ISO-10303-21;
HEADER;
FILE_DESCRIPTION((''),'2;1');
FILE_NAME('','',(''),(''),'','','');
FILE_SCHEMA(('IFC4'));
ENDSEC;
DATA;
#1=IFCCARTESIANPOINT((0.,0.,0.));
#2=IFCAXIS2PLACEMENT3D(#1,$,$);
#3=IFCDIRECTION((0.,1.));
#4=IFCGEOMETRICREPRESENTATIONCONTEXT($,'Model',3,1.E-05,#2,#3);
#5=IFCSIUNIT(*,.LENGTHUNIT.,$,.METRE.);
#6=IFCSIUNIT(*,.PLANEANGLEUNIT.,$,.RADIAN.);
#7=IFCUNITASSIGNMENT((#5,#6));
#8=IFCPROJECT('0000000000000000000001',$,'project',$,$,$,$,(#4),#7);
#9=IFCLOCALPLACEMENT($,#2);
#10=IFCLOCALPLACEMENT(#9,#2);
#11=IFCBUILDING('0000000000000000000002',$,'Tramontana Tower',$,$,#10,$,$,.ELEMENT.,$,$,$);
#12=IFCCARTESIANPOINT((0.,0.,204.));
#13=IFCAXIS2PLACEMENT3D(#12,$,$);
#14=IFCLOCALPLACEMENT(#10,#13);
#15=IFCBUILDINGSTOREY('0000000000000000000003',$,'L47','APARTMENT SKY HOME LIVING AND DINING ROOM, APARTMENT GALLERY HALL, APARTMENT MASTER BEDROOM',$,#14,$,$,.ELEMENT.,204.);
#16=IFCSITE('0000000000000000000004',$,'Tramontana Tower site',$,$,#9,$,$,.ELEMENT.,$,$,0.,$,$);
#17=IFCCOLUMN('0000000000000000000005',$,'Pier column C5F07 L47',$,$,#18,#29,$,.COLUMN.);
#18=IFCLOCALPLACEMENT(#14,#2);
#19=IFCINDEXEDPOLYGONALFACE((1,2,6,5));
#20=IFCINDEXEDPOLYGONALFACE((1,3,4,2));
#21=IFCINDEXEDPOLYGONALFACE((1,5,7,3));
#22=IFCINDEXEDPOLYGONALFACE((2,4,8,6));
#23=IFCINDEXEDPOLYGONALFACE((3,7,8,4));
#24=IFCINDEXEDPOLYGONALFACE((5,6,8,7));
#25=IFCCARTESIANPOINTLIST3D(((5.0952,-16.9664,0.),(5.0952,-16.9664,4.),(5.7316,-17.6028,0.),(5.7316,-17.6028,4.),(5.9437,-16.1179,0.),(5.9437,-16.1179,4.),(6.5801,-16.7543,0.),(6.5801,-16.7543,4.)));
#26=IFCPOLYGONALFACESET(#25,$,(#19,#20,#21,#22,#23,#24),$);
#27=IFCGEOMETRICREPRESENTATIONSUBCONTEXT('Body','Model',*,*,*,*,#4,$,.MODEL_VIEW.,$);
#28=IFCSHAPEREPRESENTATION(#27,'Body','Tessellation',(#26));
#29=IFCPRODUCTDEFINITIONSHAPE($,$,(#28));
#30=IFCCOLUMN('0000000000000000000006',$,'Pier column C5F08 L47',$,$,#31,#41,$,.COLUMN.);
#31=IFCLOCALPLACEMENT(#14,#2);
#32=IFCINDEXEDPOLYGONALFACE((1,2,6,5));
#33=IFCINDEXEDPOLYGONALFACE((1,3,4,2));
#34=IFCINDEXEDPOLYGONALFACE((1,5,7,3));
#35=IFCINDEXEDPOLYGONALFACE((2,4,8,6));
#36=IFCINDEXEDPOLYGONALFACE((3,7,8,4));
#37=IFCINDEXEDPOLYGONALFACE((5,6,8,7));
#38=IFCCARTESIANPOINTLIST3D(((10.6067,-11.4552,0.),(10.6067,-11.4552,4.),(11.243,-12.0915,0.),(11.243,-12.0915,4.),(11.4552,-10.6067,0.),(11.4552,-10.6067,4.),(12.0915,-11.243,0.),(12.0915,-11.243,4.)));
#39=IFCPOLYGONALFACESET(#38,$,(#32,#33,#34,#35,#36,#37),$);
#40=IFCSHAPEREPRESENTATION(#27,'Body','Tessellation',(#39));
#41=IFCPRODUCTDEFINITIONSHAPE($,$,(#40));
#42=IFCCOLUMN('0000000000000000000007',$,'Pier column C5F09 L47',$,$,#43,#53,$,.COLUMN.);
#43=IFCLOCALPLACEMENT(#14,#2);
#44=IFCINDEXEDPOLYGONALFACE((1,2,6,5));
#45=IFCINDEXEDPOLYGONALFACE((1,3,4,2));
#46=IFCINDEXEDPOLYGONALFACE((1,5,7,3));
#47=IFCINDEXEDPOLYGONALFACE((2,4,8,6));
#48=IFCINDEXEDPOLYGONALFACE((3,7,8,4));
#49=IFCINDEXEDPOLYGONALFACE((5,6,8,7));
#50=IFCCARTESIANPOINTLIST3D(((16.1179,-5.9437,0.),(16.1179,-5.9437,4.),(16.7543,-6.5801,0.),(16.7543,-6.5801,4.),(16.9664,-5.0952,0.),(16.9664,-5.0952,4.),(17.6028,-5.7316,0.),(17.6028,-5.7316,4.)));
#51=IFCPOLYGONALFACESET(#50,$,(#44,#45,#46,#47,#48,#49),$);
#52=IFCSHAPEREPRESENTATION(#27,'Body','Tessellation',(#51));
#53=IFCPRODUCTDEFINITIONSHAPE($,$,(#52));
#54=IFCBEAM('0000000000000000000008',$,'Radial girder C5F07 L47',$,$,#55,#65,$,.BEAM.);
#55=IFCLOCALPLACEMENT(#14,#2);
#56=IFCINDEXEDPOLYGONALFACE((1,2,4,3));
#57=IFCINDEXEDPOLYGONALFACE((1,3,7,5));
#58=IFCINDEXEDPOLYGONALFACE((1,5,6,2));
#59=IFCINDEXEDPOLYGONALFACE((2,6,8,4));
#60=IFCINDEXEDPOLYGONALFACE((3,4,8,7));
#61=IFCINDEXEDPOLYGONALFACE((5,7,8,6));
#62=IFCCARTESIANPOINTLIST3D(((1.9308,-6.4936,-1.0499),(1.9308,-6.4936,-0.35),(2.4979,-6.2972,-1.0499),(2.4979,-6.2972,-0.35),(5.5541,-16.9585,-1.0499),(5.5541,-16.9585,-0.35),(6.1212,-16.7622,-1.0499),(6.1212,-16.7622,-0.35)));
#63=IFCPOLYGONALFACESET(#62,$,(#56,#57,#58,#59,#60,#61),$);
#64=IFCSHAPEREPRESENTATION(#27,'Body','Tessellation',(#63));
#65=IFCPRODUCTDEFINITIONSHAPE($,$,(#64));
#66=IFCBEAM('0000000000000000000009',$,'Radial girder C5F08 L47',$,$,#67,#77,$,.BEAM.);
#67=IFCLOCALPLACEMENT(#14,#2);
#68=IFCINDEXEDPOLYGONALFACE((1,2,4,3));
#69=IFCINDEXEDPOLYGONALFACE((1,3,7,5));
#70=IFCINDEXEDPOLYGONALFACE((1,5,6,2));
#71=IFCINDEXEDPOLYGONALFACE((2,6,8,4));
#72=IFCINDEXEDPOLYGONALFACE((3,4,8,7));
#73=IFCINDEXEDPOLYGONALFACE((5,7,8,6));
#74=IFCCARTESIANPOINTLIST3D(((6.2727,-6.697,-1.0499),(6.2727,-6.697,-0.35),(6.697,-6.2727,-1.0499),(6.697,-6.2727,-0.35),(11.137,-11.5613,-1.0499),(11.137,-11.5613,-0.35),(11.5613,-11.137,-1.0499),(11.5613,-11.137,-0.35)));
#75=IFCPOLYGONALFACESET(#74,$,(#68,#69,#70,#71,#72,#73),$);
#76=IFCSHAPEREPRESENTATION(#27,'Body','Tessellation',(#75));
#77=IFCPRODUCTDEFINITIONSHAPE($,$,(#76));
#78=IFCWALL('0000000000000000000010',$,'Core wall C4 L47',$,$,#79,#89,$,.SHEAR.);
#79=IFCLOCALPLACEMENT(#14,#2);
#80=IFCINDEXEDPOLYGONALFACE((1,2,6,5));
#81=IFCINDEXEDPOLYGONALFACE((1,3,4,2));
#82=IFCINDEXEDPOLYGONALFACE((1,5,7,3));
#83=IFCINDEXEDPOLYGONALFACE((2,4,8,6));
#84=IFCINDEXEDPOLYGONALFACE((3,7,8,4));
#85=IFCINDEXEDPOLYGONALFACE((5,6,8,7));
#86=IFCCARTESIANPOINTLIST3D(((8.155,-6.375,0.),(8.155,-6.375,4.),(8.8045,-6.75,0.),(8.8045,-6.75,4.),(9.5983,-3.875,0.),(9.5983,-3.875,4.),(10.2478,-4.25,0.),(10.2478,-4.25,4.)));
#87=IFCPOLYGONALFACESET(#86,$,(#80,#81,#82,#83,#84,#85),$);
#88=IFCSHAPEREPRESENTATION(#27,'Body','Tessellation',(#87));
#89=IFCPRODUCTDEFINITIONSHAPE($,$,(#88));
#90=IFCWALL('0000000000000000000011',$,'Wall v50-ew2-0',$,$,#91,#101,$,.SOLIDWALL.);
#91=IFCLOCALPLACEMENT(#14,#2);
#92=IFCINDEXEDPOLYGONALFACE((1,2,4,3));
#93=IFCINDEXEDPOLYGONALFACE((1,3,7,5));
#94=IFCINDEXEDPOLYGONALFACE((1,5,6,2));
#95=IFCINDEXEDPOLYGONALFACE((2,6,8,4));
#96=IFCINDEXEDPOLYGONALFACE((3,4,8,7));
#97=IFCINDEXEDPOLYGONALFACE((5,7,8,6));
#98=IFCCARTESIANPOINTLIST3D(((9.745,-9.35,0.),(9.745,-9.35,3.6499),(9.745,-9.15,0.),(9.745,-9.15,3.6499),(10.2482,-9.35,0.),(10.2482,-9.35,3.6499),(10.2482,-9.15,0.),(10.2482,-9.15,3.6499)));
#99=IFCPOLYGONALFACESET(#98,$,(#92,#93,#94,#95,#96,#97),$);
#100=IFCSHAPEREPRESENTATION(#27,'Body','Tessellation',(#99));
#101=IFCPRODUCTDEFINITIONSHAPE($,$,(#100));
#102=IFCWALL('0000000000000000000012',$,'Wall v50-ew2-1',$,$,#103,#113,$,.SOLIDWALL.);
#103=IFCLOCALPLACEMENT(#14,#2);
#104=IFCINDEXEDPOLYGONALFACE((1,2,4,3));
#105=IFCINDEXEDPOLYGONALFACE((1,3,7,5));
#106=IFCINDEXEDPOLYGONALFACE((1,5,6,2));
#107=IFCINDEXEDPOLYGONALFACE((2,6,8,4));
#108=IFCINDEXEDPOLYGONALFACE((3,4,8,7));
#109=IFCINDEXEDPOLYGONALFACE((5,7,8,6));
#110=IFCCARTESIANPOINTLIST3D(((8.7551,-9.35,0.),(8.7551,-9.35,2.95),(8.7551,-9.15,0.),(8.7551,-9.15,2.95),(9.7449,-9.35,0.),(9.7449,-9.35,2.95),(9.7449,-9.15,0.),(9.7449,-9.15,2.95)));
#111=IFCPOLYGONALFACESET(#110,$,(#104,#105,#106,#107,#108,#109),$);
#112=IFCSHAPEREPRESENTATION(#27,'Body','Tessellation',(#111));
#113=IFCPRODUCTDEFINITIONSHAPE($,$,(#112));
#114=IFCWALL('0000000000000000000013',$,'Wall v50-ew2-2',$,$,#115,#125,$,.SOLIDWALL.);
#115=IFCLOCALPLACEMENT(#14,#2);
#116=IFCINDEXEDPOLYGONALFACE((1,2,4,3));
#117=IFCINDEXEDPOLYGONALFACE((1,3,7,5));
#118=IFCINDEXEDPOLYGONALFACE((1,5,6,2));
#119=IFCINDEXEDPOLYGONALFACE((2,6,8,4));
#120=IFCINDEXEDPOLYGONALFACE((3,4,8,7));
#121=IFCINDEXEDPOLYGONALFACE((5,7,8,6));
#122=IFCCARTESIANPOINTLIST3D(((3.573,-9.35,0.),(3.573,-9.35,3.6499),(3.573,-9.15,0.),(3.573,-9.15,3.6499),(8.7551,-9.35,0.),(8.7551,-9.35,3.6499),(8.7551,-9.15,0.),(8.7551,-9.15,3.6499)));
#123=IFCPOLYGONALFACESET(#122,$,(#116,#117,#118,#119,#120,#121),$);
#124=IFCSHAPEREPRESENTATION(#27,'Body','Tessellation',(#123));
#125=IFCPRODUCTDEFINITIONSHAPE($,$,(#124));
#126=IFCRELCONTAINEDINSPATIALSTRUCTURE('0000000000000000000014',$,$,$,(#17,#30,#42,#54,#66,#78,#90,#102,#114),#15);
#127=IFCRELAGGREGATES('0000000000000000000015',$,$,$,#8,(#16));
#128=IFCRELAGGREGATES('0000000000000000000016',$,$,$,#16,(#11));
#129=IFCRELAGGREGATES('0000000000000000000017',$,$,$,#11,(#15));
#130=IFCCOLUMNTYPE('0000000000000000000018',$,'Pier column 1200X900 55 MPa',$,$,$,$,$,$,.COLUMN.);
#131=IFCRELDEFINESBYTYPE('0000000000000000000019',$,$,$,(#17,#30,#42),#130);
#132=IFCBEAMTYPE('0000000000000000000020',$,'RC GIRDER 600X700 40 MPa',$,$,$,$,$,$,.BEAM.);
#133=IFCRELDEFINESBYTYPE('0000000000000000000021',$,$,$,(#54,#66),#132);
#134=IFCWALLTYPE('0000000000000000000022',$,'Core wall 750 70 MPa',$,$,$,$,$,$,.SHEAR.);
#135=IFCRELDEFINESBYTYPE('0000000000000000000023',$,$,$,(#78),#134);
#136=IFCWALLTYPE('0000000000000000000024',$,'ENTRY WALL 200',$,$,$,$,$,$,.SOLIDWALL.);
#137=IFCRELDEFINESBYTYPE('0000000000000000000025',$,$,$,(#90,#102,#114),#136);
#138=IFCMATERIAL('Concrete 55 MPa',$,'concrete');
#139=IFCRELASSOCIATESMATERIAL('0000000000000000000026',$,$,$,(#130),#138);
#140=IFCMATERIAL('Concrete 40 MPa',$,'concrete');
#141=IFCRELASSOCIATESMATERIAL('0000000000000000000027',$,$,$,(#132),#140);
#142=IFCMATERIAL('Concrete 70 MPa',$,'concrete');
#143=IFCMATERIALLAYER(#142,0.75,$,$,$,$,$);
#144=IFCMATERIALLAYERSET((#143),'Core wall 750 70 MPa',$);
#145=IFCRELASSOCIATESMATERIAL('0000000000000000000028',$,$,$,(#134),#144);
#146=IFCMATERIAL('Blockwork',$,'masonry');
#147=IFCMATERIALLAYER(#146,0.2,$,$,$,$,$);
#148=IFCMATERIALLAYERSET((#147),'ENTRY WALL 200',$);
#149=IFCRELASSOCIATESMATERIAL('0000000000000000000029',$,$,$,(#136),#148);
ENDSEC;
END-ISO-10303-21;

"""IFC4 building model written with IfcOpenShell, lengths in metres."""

from ifc_helpers import new_model, si_unit, direction, frame, frame_2d, origin, origin_2d, place, context, subcontext, project, spatial, rectangle, extrude, material, layer, layer_set, material_profile, profile_set, type_object, element, save


model = new_model("IFC4")

# Units and contexts
model_context = context("Model", 3, precision=1e-05, world=origin(), true_north=direction((0.0, 1.0)))
body_context = subcontext(model_context, "Body", "Model", "MODEL_VIEW")
ifc_project = project(units=[si_unit("LENGTHUNIT", "METRE"), si_unit("PLANEANGLEUNIT", "RADIAN")], contexts=[model_context])

# Site, building, storey
site_placement = place(None, origin())
site = spatial("IfcSite", under=ifc_project, at=site_placement, Name="Tramontana Tower site", CompositionType="ELEMENT", RefElevation=0.0)
building_placement = place(site_placement, origin())
building = spatial("IfcBuilding", under=site, at=building_placement, Name="Tramontana Tower", CompositionType="ELEMENT")
storey_placement = place(building_placement, frame((0.0, 0.0, 204.0)))
storey = spatial("IfcBuildingStorey", under=building, at=storey_placement, Name="L47", Description="APARTMENT SKY HOME LIVING AND DINING ROOM, APARTMENT GALLERY HALL, APARTMENT MASTER BEDROOM", CompositionType="ELEMENT", Elevation=204.0)

# Columns
ifc_material_1 = material(Name="Concrete 55 MPa", Category="concrete")
ifc_material_profile_1 = material_profile(ifc_material_1, rectangle(XDim=1.2, YDim=0.8999, at=origin_2d()), Name="Pier column 1200X900 55 MPa")
ifc_profile_set_1 = profile_set([ifc_material_profile_1], Name="Concrete 55 MPa")
column_type = type_object("IfcColumnType", Name="Pier column 1200X900 55 MPa", PredefinedType="COLUMN", material=ifc_profile_set_1)
for number, where, z_axis, x_axis, name in (
    (1, (5.8376, -16.8604, 0.0), (0.0, 0.0, 1.0), (0.707107, 0.707107, 0.0), "Pier column C5F07 L47"),
    (2, (11.3491, -11.3491, 0.0), (0.0, 0.0, 1.0), (0.707107, 0.707107, 0.0), "Pier column C5F08 L47"),
    (3, (16.8604, -5.8376, 0.0), (0.0, 0.0, 1.0), (0.707107, 0.707107, 0.0), "Pier column C5F09 L47"),
):
    element("IfcColumn", number, at=place(storey_placement, frame(where, z_axis=z_axis, x_axis=x_axis)), inside=storey, type_object=column_type, Name=name, PredefinedType="COLUMN", context=body_context, shape_type="SweptSolid", body=[
        extrude(rectangle(XDim=1.2, YDim=0.8999, at=origin_2d()), origin(), (0.0, 0.0, 1.0), 4.0),
    ])

# Beams
ifc_material_2 = material(Name="Concrete 40 MPa", Category="concrete")
ifc_material_profile_2 = material_profile(ifc_material_2, rectangle(XDim=0.6001, YDim=0.7, at=origin_2d()), Name="RC GIRDER 600X700 40 MPa")
ifc_profile_set_2 = profile_set([ifc_material_profile_2], Name="Concrete 40 MPa")
beam_type = type_object("IfcBeamType", Name="RC GIRDER 600X700 40 MPa", PredefinedType="BEAM", material=ifc_profile_set_2)
beam_1_placement = place(storey_placement, frame((5.8376, -16.8604, -0.7), z_axis=(-0.327179, 0.944962, 0.0), x_axis=(-0.944962, -0.327179, 0.0)))
element("IfcBeam", 4, at=beam_1_placement, inside=storey, type_object=beam_type, Name="Radial girder C5F07 L47", PredefinedType="BEAM", context=body_context, shape_type="SweptSolid", body=[
    extrude(rectangle(XDim=0.6001, YDim=0.7, at=origin_2d()), origin(), (0.0, 0.0, 1.0), 11.0745),
])
beam_2_placement = place(storey_placement, frame((11.3491, -11.3491, -0.7), z_axis=(-0.707107, 0.707107, 0.0), x_axis=(-0.707107, -0.707107, 0.0)))
element("IfcBeam", 5, at=beam_2_placement, inside=storey, type_object=beam_type, Name="Radial girder C5F08 L47", PredefinedType="BEAM", context=body_context, shape_type="SweptSolid", body=[
    extrude(rectangle(XDim=0.6001, YDim=0.7, at=origin_2d()), origin(), (0.0, 0.0, 1.0), 6.8792),
])

# Walls
ifc_material_3 = material(Name="Concrete 70 MPa", Category="concrete")
ifc_layer_1 = layer(ifc_material_3, 0.75)
ifc_layer_set_1 = layer_set([ifc_layer_1], Name="Core wall 750 70 MPa")
wall_type_1 = type_object("IfcWallType", Name="Core wall 750 70 MPa", PredefinedType="SHEAR", material=ifc_layer_set_1)
wall_1_placement = place(storey_placement, frame((8.4797, -6.5625, 0.0), z_axis=(0.0, 0.0, 1.0), x_axis=(0.499996, 0.866028, 0.0)))
element("IfcWall", 6, at=wall_1_placement, inside=storey, type_object=wall_type_1, Name="Core wall C4 L47", PredefinedType="SHEAR", context=body_context, shape_type="SweptSolid", body=[
    extrude(rectangle(XDim=2.8867, YDim=0.75, at=frame_2d((1.4434, 0.0))), origin(), (0.0, 0.0, 1.0), 4.0),
])
ifc_material_4 = material(Name="Blockwork", Category="masonry")
ifc_layer_2 = layer(ifc_material_4, 0.2)
ifc_layer_set_2 = layer_set([ifc_layer_2], Name="ENTRY WALL 200")
wall_type_2 = type_object("IfcWallType", Name="ENTRY WALL 200", PredefinedType="SOLIDWALL", material=ifc_layer_set_2)
wall_2_placement = place(storey_placement, frame((10.248, -9.25, 0.0), z_axis=(0.0, 0.0, 1.0), x_axis=(-1.0, 0.0, 0.0)))
element("IfcWall", 7, at=wall_2_placement, inside=storey, type_object=wall_type_2, Name="Wall v50-ew2-0", PredefinedType="SOLIDWALL", context=body_context, shape_type="SweptSolid", body=[
    extrude(rectangle(XDim=0.5032, YDim=0.2, at=frame_2d((0.2515, 0.0))), origin(), (0.0, 0.0, 1.0), 3.6499),
])
wall_3_placement = place(storey_placement, frame((9.7449, -9.25, 0.0), z_axis=(0.0, 0.0, 1.0), x_axis=(-1.0, 0.0, 0.0)))
element("IfcWall", 8, at=wall_3_placement, inside=storey, type_object=wall_type_2, Name="Wall v50-ew2-1", PredefinedType="SOLIDWALL", context=body_context, shape_type="SweptSolid", body=[
    extrude(rectangle(XDim=0.9897, YDim=0.2, at=frame_2d((0.4949, 0.0))), origin(), (0.0, 0.0, 1.0), 2.95),
])
wall_4_placement = place(storey_placement, frame((8.7551, -9.25, 0.0), z_axis=(0.0, 0.0, 1.0), x_axis=(-1.0, 0.0, 0.0)))
element("IfcWall", 9, at=wall_4_placement, inside=storey, type_object=wall_type_2, Name="Wall v50-ew2-2", PredefinedType="SOLIDWALL", context=body_context, shape_type="SweptSolid", body=[
    extrude(rectangle(XDim=5.1821, YDim=0.2, at=frame_2d((2.5911, 0.0))), origin(), (0.0, 0.0, 1.0), 3.6499),
])

save(model, "model.ifc")
